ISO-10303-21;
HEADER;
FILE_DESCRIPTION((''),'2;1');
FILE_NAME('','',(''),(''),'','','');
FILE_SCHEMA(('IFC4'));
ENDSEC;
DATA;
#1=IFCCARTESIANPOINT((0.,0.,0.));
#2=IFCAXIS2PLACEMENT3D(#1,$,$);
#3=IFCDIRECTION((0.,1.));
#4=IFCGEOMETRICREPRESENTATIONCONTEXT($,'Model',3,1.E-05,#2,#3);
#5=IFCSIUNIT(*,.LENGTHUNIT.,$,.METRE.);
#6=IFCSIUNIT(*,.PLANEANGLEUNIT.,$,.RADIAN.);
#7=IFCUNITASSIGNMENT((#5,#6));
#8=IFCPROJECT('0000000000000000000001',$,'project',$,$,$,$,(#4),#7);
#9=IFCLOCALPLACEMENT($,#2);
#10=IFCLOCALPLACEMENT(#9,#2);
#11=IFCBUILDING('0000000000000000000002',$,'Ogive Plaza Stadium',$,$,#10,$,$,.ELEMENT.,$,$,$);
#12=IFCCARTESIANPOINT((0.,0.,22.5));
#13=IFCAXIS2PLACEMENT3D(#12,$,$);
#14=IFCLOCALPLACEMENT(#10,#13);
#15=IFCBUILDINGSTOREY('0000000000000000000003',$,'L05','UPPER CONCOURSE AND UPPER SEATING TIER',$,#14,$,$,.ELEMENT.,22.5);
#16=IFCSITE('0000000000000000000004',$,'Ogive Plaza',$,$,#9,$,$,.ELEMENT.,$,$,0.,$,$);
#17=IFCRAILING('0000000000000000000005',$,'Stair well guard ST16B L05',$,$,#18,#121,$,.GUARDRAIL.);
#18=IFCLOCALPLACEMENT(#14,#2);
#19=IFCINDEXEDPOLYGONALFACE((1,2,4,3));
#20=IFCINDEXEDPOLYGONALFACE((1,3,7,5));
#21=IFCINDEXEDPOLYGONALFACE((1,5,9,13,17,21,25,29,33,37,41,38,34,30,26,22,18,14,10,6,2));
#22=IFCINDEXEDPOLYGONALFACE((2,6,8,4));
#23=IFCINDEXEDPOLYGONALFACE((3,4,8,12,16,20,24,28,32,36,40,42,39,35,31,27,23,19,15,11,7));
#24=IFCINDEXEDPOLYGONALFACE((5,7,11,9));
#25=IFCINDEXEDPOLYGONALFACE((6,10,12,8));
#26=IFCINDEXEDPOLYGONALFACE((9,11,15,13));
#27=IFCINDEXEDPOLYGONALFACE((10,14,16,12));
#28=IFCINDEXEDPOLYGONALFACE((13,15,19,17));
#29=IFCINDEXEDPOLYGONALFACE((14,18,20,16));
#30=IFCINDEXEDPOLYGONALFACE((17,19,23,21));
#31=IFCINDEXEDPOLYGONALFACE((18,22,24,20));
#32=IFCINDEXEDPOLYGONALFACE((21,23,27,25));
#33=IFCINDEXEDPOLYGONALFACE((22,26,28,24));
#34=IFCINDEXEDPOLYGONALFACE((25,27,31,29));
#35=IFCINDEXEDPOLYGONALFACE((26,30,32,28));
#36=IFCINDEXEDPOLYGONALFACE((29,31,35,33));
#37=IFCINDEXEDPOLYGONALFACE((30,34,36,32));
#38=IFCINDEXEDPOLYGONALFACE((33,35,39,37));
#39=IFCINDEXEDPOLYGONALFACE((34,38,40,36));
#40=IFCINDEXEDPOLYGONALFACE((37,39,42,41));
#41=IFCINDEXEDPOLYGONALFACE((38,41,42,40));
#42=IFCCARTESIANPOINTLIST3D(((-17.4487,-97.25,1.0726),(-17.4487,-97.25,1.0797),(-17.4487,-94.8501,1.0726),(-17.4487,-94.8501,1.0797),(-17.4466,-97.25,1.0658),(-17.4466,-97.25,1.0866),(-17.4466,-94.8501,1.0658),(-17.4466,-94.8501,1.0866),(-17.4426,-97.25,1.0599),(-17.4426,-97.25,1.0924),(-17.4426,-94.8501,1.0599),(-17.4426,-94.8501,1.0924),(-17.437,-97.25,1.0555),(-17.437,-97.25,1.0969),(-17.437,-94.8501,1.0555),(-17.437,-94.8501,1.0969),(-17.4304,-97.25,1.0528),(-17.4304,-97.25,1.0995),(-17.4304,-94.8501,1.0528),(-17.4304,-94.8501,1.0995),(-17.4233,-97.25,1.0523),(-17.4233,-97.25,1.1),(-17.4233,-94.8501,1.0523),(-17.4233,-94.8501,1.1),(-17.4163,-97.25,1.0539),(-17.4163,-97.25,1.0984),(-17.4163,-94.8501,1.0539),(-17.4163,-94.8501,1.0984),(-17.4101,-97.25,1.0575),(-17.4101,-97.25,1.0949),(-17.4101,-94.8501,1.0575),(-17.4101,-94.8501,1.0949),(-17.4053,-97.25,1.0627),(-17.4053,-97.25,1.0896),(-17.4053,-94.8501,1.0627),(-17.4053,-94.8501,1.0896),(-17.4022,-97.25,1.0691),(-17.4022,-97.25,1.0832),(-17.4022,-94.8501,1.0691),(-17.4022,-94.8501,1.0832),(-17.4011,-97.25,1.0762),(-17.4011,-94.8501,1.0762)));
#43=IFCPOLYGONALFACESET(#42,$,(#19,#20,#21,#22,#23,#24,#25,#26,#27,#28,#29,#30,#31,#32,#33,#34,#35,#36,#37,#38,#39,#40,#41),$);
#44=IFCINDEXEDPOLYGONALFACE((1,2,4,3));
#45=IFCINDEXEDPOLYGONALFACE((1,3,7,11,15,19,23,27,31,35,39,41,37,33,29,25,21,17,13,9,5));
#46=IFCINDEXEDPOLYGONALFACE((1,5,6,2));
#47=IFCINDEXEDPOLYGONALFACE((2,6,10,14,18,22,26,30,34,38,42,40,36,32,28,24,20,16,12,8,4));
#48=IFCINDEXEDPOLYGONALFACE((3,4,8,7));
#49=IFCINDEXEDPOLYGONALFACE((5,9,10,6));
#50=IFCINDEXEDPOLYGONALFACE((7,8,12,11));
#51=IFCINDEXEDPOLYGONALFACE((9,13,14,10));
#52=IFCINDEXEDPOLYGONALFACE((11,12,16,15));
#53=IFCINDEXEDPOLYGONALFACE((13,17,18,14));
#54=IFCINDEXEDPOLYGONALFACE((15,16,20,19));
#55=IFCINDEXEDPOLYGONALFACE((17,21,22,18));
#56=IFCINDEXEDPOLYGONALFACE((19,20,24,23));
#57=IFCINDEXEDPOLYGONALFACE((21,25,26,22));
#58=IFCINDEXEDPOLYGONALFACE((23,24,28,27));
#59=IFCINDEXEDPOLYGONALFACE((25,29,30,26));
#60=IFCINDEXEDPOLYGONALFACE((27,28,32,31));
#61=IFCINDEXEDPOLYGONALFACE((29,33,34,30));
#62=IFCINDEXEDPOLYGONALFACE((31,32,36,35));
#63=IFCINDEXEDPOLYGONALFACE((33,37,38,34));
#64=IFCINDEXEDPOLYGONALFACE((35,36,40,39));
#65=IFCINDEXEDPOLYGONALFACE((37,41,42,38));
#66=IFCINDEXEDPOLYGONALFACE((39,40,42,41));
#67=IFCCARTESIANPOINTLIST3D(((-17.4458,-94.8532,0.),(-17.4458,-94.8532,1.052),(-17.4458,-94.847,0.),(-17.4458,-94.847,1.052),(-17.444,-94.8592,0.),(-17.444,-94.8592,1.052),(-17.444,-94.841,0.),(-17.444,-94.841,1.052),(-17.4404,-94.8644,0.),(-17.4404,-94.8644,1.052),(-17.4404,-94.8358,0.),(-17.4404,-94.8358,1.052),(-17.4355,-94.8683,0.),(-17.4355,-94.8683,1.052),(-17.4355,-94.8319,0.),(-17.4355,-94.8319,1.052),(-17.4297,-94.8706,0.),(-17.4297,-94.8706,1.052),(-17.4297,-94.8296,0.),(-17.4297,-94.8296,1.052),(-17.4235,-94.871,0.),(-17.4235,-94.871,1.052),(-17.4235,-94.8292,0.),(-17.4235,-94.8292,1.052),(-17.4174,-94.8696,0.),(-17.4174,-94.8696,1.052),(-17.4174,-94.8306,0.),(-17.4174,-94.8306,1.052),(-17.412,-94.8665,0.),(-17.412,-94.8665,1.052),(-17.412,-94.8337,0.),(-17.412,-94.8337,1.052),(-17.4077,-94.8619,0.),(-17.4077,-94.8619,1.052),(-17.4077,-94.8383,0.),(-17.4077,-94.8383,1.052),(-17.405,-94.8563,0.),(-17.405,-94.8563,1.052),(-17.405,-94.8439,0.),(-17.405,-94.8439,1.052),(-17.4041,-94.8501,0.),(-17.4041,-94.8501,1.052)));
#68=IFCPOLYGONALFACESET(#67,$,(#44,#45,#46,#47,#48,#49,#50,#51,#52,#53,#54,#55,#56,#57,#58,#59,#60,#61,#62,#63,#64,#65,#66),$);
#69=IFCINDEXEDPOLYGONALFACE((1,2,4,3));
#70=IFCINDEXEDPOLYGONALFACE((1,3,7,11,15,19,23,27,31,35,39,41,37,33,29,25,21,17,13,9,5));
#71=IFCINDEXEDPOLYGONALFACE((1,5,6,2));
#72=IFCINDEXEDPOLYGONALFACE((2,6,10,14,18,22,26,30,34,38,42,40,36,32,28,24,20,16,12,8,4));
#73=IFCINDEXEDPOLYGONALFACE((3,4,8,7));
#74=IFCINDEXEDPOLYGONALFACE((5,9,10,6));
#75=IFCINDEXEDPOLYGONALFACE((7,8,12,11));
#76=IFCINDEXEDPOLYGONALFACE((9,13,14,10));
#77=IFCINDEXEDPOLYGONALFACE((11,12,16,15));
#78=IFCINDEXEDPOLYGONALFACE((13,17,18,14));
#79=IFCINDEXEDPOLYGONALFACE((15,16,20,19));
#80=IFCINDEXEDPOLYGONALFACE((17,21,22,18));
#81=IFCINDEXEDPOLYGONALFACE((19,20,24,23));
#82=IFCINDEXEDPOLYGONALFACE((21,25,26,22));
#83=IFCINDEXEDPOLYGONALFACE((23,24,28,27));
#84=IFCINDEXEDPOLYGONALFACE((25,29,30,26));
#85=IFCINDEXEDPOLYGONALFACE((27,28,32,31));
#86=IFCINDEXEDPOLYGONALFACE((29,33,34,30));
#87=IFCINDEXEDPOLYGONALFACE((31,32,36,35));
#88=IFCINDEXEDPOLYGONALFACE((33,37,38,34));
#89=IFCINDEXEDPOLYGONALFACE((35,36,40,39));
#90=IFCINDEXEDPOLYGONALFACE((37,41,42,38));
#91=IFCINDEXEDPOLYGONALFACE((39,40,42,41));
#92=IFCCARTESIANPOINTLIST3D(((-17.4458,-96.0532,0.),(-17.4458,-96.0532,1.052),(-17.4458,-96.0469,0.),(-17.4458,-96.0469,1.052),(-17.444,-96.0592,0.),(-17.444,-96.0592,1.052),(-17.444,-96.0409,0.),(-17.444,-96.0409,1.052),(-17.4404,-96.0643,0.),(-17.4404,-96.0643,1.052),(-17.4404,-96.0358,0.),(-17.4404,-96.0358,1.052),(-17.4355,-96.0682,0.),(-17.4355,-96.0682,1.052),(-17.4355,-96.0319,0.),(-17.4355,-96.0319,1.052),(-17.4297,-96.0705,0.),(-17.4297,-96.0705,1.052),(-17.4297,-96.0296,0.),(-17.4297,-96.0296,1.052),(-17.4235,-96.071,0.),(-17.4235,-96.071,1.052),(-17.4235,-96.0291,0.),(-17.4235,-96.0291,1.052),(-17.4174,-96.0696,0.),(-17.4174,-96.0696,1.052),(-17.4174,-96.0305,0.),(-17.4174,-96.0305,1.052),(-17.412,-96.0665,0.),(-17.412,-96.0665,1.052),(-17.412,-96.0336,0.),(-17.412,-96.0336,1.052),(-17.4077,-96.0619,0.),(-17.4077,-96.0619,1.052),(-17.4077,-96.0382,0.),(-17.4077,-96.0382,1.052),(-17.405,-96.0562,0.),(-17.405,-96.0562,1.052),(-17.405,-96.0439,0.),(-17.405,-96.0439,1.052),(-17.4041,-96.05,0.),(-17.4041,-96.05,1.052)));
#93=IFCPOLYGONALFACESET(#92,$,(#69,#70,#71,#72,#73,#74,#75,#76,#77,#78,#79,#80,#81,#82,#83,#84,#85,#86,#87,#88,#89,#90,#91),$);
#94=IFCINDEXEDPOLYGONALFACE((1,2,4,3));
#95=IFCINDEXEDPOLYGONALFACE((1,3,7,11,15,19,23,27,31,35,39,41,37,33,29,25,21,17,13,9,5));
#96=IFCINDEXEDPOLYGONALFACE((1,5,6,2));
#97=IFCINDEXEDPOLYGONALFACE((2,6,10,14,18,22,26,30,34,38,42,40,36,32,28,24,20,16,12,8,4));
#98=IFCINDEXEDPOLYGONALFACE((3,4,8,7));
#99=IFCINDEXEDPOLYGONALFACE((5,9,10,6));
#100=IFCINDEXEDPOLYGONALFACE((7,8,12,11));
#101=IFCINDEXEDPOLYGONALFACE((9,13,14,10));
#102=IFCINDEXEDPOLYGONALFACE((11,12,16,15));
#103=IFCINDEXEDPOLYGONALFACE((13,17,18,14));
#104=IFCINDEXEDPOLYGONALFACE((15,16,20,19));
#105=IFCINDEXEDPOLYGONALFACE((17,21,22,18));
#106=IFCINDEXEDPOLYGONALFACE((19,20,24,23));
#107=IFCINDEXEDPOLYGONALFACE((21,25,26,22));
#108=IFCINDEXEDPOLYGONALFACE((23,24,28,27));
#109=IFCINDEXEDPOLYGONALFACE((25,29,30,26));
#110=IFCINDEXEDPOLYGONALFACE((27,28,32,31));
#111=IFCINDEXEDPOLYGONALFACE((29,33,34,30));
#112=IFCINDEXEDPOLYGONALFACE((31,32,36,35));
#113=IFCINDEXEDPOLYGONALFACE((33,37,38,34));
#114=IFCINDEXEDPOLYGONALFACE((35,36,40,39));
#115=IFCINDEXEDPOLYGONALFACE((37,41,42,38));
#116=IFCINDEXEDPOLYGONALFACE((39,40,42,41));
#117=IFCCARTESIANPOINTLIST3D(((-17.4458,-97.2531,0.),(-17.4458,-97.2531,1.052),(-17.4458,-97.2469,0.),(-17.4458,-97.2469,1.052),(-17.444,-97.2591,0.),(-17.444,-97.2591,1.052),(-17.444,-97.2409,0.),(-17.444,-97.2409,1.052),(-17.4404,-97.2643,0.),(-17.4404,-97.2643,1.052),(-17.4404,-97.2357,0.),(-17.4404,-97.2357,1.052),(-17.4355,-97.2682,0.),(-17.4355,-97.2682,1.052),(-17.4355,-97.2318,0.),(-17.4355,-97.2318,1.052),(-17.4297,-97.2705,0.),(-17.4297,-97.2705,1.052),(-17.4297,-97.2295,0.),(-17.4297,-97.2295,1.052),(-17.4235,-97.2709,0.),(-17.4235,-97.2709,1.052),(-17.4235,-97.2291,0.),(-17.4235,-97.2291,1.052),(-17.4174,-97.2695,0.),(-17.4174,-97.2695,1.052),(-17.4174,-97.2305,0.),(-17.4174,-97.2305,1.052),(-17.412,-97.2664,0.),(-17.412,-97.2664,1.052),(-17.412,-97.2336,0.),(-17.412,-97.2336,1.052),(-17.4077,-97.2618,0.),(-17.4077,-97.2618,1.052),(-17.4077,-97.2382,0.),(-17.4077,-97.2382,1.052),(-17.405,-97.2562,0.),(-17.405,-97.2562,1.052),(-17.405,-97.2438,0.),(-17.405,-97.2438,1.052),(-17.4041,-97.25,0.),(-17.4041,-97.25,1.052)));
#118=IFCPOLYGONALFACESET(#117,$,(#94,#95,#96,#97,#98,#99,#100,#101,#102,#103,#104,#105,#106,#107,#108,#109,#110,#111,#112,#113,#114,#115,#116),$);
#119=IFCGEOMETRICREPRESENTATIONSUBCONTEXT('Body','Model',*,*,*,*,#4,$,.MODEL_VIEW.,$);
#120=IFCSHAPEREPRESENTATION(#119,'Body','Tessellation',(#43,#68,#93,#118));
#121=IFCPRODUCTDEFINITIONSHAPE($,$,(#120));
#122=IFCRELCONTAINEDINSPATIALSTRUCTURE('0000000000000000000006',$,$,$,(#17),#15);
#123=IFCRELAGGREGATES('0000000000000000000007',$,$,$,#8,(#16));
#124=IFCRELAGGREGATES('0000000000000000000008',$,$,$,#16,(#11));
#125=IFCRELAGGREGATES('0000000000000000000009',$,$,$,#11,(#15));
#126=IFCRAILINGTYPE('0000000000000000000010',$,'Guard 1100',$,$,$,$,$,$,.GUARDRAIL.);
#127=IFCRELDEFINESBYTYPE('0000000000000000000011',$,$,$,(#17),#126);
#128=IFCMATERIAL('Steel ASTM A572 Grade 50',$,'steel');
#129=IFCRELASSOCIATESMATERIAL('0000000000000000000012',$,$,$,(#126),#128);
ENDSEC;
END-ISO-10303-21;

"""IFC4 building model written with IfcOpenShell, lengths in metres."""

from ifc_helpers import new_model, si_unit, direction, frame, origin, origin_2d, place, context, subcontext, project, spatial, circle, extrude, material, type_object, element, save


model = new_model("IFC4")

# Units and contexts
model_context = context("Model", 3, precision=1e-05, world=origin(), true_north=direction((0.0, 1.0)))
body_context = subcontext(model_context, "Body", "Model", "MODEL_VIEW")
ifc_project = project(units=[si_unit("LENGTHUNIT", "METRE"), si_unit("PLANEANGLEUNIT", "RADIAN")], contexts=[model_context])

# Site, building, storey
site_placement = place(None, origin())
site = spatial("IfcSite", under=ifc_project, at=site_placement, Name="Ogive Plaza", CompositionType="ELEMENT", RefElevation=0.0)
building_placement = place(site_placement, origin())
building = spatial("IfcBuilding", under=site, at=building_placement, Name="Ogive Plaza Stadium", CompositionType="ELEMENT")
storey_placement = place(building_placement, frame((0.0, 0.0, 22.5)))
storey = spatial("IfcBuildingStorey", under=building, at=storey_placement, Name="L05", Description="UPPER CONCOURSE AND UPPER SEATING TIER", CompositionType="ELEMENT", Elevation=22.5)

# Railing
ifc_material_1 = material(Name="Steel ASTM A572 Grade 50", Category="steel")
railing_type = type_object("IfcRailingType", Name="Guard 1100", PredefinedType="GUARDRAIL", material=ifc_material_1)
railing_1_placement = place(storey_placement, frame((-17.425, -94.8501, 0.0)))
element("IfcRailing", 1, at=railing_1_placement, inside=storey, type_object=railing_type, Name="Stair well guard ST16B L05", PredefinedType="GUARDRAIL", context=body_context, shape_type="SweptSolid", body=[
    extrude(circle(Radius=0.0239, at=origin_2d()), frame((0.0, 0.0, 1.0762), z_axis=(0.0, -1.0, 0.0), x_axis=(1.0, 0.0, 0.0)), (0.0, 0.0, 1.0), 2.3999),
    extrude(circle(Radius=0.021, at=origin_2d()), origin(), (0.0, 0.0, 1.0), 1.052),
    extrude(circle(Radius=0.021, at=origin_2d()), frame((0.0, -1.2, 0.0)), (0.0, 0.0, 1.0), 1.052),
    extrude(circle(Radius=0.021, at=origin_2d()), frame((0.0, -2.3999, 0.0)), (0.0, 0.0, 1.0), 1.052),
])

save(model, "model.ifc")
